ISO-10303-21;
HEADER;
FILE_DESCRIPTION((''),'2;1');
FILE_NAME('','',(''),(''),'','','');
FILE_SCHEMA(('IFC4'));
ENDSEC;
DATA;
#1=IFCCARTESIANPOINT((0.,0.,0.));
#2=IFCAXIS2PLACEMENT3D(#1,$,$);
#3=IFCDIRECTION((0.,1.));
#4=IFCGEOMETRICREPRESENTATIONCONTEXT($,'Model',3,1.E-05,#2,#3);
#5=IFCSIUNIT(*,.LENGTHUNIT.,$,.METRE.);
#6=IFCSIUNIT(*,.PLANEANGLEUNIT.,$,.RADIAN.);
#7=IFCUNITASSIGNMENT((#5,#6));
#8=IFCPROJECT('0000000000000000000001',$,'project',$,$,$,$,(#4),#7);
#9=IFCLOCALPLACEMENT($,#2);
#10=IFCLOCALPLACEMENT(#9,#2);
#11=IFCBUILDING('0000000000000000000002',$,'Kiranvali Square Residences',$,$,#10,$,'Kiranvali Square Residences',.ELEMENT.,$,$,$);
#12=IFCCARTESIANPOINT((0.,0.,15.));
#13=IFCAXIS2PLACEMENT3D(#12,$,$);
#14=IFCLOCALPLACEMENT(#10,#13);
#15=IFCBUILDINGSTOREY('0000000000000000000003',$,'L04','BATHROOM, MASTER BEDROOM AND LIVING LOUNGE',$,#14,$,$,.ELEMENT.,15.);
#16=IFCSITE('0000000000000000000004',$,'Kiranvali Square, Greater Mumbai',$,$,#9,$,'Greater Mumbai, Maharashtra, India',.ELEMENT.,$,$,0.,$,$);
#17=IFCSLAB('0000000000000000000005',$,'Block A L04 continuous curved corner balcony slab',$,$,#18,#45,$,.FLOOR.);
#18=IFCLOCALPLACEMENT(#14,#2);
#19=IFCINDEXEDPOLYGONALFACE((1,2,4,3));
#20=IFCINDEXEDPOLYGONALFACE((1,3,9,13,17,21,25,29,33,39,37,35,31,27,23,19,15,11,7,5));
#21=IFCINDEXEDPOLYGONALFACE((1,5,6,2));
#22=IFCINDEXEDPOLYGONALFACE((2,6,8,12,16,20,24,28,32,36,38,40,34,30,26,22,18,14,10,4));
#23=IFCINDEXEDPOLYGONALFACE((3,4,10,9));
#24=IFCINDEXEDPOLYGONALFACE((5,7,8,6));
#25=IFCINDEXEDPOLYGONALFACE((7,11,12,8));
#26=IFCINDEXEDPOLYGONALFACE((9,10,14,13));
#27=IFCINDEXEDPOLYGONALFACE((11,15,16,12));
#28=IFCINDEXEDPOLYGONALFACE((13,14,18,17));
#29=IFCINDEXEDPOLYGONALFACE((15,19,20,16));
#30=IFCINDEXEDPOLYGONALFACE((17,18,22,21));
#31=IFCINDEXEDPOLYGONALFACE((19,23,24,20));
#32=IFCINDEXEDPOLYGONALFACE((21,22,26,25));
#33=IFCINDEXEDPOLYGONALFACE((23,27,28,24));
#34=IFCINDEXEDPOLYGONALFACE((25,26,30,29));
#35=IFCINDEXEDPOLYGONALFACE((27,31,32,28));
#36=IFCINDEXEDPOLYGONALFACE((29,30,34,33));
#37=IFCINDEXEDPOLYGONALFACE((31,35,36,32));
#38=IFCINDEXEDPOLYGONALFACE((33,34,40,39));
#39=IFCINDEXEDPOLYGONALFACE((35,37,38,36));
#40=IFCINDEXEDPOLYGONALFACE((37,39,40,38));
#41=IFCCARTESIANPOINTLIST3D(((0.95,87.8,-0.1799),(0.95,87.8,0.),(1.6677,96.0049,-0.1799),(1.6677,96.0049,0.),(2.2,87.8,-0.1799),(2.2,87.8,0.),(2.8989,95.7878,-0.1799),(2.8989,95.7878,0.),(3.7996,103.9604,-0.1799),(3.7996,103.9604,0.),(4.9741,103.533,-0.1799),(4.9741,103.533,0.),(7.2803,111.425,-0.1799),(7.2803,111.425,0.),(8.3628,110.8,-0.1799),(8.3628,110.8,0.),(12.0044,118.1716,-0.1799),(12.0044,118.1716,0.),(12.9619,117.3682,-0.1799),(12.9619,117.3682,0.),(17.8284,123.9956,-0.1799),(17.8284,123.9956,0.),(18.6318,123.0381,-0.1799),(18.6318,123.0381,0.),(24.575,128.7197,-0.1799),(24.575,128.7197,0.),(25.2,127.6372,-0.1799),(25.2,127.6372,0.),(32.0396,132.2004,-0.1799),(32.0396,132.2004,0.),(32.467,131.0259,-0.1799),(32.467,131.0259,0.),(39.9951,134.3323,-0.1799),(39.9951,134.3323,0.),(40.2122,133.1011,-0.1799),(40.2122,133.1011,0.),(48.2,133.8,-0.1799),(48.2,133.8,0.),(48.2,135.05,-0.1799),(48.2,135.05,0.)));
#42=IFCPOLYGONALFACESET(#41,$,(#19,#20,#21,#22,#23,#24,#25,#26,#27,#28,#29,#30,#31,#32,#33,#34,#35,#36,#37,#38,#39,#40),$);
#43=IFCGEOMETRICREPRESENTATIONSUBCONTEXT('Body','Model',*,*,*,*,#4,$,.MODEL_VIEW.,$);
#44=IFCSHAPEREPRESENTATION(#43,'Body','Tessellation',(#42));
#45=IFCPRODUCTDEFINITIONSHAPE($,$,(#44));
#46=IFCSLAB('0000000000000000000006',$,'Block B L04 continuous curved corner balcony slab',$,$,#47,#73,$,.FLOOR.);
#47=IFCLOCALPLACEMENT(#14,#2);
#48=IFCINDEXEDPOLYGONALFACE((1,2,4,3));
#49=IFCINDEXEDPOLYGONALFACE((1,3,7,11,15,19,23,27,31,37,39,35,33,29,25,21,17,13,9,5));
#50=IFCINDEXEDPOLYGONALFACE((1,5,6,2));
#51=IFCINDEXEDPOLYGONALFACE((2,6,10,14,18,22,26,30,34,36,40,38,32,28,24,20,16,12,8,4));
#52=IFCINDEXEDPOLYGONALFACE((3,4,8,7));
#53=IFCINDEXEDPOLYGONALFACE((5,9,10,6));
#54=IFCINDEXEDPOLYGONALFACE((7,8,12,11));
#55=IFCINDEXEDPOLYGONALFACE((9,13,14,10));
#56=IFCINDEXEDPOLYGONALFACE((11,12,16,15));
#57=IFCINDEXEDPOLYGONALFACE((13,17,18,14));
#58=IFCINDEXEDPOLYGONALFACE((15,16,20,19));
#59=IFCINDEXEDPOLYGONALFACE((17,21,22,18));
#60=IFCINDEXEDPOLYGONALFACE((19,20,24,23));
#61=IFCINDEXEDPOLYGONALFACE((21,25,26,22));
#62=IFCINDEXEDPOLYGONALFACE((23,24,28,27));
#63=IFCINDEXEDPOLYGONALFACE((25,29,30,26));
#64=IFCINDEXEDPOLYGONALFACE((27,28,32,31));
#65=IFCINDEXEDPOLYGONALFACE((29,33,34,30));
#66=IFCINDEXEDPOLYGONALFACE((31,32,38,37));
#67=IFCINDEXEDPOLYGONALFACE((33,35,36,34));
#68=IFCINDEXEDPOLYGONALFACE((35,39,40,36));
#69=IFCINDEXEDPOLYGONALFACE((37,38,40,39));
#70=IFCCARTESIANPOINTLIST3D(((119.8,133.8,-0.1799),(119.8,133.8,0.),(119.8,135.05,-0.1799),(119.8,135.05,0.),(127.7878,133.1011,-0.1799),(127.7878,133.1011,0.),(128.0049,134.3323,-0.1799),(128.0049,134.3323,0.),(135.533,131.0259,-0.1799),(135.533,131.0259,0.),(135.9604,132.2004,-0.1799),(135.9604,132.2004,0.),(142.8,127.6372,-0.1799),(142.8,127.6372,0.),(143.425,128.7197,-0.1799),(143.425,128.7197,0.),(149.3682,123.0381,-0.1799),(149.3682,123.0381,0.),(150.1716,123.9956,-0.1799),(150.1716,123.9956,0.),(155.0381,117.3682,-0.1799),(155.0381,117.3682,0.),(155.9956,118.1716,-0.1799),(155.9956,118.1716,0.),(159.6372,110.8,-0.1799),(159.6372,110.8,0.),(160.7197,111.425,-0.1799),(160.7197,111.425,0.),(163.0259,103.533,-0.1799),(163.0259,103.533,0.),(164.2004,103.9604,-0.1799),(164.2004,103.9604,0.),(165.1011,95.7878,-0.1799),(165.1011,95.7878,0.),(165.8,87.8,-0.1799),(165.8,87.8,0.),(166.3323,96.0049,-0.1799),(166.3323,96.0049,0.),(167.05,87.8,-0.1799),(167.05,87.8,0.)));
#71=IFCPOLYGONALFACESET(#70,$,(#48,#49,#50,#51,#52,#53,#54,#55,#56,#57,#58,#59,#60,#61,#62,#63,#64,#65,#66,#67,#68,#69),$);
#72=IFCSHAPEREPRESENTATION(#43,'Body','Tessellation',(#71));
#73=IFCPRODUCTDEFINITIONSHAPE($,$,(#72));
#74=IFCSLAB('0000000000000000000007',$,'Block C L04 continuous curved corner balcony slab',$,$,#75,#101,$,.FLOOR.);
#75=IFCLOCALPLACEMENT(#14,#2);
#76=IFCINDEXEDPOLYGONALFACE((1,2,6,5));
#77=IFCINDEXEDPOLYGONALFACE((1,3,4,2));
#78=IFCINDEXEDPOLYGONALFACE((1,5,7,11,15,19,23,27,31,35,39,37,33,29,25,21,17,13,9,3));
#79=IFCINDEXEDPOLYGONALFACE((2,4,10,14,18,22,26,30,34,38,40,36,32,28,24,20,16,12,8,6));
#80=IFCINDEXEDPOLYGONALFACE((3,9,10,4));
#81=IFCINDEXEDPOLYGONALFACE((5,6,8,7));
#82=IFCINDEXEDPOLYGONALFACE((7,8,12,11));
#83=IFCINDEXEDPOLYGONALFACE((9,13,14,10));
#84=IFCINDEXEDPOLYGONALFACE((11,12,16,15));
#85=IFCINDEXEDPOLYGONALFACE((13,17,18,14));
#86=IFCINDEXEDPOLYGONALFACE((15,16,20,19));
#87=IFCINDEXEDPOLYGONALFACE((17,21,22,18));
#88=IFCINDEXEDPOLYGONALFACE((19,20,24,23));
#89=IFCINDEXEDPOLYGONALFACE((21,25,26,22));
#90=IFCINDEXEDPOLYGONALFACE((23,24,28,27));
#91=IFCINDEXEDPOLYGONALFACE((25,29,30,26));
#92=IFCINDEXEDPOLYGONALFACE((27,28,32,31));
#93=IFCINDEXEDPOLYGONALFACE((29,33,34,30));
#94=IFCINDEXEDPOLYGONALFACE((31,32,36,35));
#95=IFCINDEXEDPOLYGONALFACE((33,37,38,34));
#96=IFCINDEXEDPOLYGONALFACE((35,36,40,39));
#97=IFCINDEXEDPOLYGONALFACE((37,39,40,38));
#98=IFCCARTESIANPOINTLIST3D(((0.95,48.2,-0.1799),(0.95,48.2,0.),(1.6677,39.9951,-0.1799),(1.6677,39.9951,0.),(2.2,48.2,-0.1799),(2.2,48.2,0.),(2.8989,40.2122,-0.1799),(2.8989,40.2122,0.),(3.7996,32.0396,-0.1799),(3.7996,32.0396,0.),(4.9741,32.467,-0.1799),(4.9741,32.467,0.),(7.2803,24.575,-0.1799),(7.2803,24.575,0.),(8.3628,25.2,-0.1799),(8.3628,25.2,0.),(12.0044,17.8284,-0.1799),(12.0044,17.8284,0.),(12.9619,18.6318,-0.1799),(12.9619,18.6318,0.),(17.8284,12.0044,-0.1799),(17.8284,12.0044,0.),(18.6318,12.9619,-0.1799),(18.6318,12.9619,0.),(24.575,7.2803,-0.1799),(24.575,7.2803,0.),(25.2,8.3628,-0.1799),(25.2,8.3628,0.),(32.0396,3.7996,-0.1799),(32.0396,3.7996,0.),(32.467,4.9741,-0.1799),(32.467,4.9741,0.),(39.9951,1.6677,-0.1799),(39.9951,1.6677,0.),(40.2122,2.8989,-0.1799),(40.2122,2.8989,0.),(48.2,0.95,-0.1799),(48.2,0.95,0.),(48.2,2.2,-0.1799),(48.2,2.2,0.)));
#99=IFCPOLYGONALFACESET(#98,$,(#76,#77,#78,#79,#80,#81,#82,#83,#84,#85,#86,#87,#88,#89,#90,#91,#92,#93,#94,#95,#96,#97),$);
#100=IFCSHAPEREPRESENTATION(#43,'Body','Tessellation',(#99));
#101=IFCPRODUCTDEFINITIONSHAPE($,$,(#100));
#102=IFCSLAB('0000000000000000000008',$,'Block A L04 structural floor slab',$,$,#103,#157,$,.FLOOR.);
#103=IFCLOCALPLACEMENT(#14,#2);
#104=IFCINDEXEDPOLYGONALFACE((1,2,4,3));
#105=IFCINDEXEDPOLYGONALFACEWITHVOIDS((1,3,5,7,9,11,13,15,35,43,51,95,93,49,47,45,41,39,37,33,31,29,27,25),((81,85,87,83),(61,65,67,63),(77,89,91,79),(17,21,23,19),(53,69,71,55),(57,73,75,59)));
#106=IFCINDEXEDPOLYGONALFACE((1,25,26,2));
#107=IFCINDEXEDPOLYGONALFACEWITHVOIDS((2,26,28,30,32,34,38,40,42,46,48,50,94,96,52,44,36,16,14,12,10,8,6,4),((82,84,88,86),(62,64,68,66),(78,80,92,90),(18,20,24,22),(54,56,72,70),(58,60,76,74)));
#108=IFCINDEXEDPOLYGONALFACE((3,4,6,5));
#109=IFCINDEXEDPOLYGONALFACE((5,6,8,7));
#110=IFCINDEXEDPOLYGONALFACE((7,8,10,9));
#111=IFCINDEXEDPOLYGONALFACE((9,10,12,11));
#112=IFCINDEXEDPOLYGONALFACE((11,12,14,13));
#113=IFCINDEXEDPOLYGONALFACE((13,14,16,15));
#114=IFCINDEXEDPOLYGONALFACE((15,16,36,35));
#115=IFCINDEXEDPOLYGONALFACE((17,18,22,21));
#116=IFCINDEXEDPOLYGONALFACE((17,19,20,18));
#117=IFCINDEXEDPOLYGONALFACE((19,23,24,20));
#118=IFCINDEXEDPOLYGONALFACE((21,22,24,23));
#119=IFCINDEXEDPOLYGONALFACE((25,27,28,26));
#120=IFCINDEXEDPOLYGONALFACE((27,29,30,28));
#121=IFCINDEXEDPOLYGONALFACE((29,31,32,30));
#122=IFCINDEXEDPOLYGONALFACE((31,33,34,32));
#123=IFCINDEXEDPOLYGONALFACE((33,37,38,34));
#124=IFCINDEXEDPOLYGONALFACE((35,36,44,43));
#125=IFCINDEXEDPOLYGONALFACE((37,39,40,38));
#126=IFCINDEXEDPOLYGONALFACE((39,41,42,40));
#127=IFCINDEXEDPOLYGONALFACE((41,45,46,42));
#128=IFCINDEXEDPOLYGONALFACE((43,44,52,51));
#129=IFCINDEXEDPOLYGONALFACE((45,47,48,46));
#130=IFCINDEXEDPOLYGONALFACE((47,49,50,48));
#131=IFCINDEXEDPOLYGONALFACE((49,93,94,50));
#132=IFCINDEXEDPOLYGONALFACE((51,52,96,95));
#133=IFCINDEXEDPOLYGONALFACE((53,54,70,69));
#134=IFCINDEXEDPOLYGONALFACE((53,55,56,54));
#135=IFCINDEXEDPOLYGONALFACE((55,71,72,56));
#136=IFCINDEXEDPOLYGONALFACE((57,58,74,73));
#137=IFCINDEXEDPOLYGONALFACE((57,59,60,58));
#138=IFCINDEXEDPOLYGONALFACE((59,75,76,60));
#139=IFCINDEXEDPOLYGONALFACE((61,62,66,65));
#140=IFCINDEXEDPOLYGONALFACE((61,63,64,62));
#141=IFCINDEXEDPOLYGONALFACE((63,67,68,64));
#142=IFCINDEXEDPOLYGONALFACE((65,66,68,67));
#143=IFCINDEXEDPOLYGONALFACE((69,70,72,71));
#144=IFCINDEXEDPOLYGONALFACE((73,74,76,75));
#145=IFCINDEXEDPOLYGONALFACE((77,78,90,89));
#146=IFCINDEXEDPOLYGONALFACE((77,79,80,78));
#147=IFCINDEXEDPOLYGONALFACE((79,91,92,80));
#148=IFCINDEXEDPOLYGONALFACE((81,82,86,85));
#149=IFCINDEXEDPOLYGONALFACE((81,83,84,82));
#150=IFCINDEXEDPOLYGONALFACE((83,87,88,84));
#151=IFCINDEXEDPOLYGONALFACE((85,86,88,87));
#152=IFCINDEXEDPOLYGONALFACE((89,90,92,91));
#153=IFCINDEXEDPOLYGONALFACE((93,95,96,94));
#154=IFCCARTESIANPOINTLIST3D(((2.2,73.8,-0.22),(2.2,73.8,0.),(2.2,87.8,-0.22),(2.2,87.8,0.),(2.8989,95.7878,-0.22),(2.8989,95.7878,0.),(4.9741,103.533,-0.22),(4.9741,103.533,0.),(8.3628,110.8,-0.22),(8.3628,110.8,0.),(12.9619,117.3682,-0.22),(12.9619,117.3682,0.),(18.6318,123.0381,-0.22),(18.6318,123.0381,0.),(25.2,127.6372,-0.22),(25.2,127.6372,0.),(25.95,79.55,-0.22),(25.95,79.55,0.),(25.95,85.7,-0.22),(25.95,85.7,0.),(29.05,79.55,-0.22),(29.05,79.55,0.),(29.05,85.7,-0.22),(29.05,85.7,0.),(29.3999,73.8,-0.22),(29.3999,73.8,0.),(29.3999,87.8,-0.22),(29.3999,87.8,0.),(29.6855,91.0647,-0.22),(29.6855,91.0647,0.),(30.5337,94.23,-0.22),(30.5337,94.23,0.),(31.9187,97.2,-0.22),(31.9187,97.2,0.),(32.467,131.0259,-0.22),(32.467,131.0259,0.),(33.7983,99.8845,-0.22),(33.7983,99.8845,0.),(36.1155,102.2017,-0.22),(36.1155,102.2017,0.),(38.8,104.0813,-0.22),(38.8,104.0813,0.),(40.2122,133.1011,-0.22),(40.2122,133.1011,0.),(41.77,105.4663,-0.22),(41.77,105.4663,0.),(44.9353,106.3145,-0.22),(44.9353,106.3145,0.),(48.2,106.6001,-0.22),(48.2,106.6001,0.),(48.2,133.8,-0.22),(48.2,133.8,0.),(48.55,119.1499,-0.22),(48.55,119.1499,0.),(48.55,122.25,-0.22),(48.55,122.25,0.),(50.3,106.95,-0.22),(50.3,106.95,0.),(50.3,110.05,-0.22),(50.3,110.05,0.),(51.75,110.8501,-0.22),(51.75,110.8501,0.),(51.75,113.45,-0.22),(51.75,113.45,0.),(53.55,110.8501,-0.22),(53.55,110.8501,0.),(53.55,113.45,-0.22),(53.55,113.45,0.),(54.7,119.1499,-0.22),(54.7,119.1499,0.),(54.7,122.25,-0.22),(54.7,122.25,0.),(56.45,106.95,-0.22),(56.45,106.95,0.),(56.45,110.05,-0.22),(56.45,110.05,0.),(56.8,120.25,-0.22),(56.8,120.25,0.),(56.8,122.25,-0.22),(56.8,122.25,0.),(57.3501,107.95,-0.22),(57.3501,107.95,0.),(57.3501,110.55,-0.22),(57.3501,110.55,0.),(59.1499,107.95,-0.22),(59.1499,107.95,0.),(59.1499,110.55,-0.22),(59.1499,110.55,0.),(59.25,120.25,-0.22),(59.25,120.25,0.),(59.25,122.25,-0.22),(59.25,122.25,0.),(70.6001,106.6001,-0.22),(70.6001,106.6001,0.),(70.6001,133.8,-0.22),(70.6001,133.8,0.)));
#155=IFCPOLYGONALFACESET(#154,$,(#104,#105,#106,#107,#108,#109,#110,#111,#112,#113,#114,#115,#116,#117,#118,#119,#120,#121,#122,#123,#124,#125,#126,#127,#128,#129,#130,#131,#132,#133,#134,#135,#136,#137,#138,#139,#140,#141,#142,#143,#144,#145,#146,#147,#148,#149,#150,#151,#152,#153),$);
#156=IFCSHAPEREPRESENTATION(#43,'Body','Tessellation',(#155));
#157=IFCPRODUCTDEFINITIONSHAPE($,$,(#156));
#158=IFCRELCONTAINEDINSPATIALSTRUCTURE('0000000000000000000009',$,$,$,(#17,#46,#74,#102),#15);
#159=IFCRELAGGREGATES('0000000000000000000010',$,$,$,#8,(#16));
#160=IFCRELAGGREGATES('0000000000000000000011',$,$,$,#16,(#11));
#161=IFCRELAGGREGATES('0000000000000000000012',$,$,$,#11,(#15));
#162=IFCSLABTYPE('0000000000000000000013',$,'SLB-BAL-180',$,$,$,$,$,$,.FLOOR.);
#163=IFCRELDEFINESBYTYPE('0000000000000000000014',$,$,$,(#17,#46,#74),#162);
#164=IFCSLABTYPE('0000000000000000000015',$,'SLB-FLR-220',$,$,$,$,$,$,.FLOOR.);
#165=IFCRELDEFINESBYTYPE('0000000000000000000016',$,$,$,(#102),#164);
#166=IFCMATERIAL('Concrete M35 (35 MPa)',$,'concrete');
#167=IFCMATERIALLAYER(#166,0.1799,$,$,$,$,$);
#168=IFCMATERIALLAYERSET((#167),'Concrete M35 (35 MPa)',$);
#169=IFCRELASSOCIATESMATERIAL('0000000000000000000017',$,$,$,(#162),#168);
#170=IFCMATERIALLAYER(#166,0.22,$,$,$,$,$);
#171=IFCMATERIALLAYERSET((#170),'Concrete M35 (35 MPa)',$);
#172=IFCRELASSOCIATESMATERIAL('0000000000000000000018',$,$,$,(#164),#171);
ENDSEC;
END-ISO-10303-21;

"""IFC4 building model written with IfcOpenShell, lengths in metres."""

from ifc_helpers import new_model, si_unit, direction, frame, origin, place, context, subcontext, project, spatial, polyline, outline, extrude, material, layer, layer_set, type_object, element, save


model = new_model("IFC4")

# Units and contexts
model_context = context("Model", 3, precision=1e-05, world=origin(), true_north=direction((0.0, 1.0)))
body_context = subcontext(model_context, "Body", "Model", "MODEL_VIEW")
ifc_project = project(units=[si_unit("LENGTHUNIT", "METRE"), si_unit("PLANEANGLEUNIT", "RADIAN")], contexts=[model_context])

# Site, building, storey
site_placement = place(None, origin())
site = spatial("IfcSite", under=ifc_project, at=site_placement, Name="Kiranvali Square, Greater Mumbai", LongName="Greater Mumbai, Maharashtra, India", CompositionType="ELEMENT", RefElevation=0.0)
building_placement = place(site_placement, origin())
building = spatial("IfcBuilding", under=site, at=building_placement, Name="Kiranvali Square Residences", LongName="Kiranvali Square Residences", CompositionType="ELEMENT")
storey_placement = place(building_placement, frame((0.0, 0.0, 15.0)))
storey = spatial("IfcBuildingStorey", under=building, at=storey_placement, Name="L04", Description="BATHROOM, MASTER BEDROOM AND LIVING LOUNGE", CompositionType="ELEMENT", Elevation=15.0)

# Slabs
ifc_material_1 = material(Name="Concrete M35 (35 MPa)", Category="concrete")
ifc_layer_1 = layer(ifc_material_1, 0.1799)
ifc_layer_set_1 = layer_set([ifc_layer_1], Name="Concrete M35 (35 MPa)")
slab_type_1 = type_object("IfcSlabType", Name="SLB-BAL-180", PredefinedType="FLOOR", material=ifc_layer_set_1)
slab_1_placement = place(storey_placement, frame((0.0, 0.0, -0.1799)))
element("IfcSlab", 1, at=slab_1_placement, inside=storey, type_object=slab_type_1, Name="Block A L04 continuous curved corner balcony slab", PredefinedType="FLOOR", context=body_context, shape_type="SweptSolid", body=[
    extrude(outline(polyline([(48.2, 135.05), (39.9951, 134.3323), (32.0396, 132.2004), (24.575, 128.7197), (17.8284, 123.9956), (12.0044, 118.1716), (7.2803, 111.425), (3.7996, 103.9604), (1.6677, 96.0049), (0.95, 87.8), (2.2, 87.8), (2.8989, 95.7878), (4.9741, 103.533), (8.3628, 110.8), (12.9619, 117.3682), (18.6318, 123.0381), (25.2, 127.6372), (32.467, 131.0259), (40.2122, 133.1011), (48.2, 133.8), (48.2, 135.05)])), origin(), (0.0, 0.0, 1.0), 0.1799),
])
slab_2_placement = place(storey_placement, frame((0.0, 0.0, -0.1799)))
element("IfcSlab", 2, at=slab_2_placement, inside=storey, type_object=slab_type_1, Name="Block B L04 continuous curved corner balcony slab", PredefinedType="FLOOR", context=body_context, shape_type="SweptSolid", body=[
    extrude(outline(polyline([(119.8, 133.8), (127.7878, 133.1011), (135.533, 131.0259), (142.8, 127.6372), (149.3682, 123.0381), (155.0381, 117.3682), (159.6372, 110.8), (163.0259, 103.533), (165.1011, 95.7878), (165.8, 87.8), (167.05, 87.8), (166.3323, 96.0049), (164.2004, 103.9604), (160.7197, 111.425), (155.9956, 118.1716), (150.1716, 123.9956), (143.425, 128.7197), (135.9604, 132.2004), (128.0049, 134.3323), (119.8, 135.05), (119.8, 133.8)])), origin(), (0.0, 0.0, 1.0), 0.1799),
])
slab_3_placement = place(storey_placement, frame((0.0, 0.0, -0.1799)))
element("IfcSlab", 3, at=slab_3_placement, inside=storey, type_object=slab_type_1, Name="Block C L04 continuous curved corner balcony slab", PredefinedType="FLOOR", context=body_context, shape_type="SweptSolid", body=[
    extrude(outline(polyline([(48.2, 2.2), (40.2122, 2.8989), (32.467, 4.9741), (25.2, 8.3628), (18.6318, 12.9619), (12.9619, 18.6318), (8.3628, 25.2), (4.9741, 32.467), (2.8989, 40.2122), (2.2, 48.2), (0.95, 48.2), (1.6677, 39.9951), (3.7996, 32.0396), (7.2803, 24.575), (12.0044, 17.8284), (17.8284, 12.0044), (24.575, 7.2803), (32.0396, 3.7996), (39.9951, 1.6677), (48.2, 0.95), (48.2, 2.2)])), origin(), (0.0, 0.0, 1.0), 0.1799),
])
ifc_layer_2 = layer(ifc_material_1, 0.22)
ifc_layer_set_2 = layer_set([ifc_layer_2], Name="Concrete M35 (35 MPa)")
slab_type_2 = type_object("IfcSlabType", Name="SLB-FLR-220", PredefinedType="FLOOR", material=ifc_layer_set_2)
slab_4_placement = place(storey_placement, frame((0.0, 0.0, -0.22)))
element("IfcSlab", 4, at=slab_4_placement, inside=storey, type_object=slab_type_2, Name="Block A L04 structural floor slab", PredefinedType="FLOOR", context=body_context, shape_type="SweptSolid", body=[
    extrude(outline(polyline([(70.6001, 106.6001), (70.6001, 133.8), (48.2, 133.8), (40.2122, 133.1011), (32.467, 131.0259), (25.2, 127.6372), (18.6318, 123.0381), (12.9619, 117.3682), (8.3628, 110.8), (4.9741, 103.533), (2.8989, 95.7878), (2.2, 87.8), (2.2, 73.8), (29.3999, 73.8), (29.3999, 87.8), (29.6855, 91.0647), (30.5337, 94.23), (31.9187, 97.2), (33.7983, 99.8845), (36.1155, 102.2017), (38.8, 104.0813), (41.77, 105.4663), (44.9353, 106.3145), (48.2, 106.6001), (70.6001, 106.6001)]), holes=[polyline([(56.8, 120.25), (59.25, 120.25), (59.25, 122.25), (56.8, 122.25), (56.8, 120.25)]), polyline([(57.3501, 107.95), (59.1499, 107.95), (59.1499, 110.55), (57.3501, 110.55), (57.3501, 107.95)]), polyline([(51.75, 110.8501), (53.55, 110.8501), (53.55, 113.45), (51.75, 113.45), (51.75, 110.8501)]), polyline([(54.7, 122.25), (48.55, 122.25), (48.55, 119.1499), (54.7, 119.1499), (54.7, 122.25)]), polyline([(50.3, 106.95), (56.45, 106.95), (56.45, 110.05), (50.3, 110.05), (50.3, 106.95)]), polyline([(25.95, 85.7), (25.95, 79.55), (29.05, 79.55), (29.05, 85.7), (25.95, 85.7)])]), origin(), (0.0, 0.0, 1.0), 0.22),
])

save(model, "model.ifc")
